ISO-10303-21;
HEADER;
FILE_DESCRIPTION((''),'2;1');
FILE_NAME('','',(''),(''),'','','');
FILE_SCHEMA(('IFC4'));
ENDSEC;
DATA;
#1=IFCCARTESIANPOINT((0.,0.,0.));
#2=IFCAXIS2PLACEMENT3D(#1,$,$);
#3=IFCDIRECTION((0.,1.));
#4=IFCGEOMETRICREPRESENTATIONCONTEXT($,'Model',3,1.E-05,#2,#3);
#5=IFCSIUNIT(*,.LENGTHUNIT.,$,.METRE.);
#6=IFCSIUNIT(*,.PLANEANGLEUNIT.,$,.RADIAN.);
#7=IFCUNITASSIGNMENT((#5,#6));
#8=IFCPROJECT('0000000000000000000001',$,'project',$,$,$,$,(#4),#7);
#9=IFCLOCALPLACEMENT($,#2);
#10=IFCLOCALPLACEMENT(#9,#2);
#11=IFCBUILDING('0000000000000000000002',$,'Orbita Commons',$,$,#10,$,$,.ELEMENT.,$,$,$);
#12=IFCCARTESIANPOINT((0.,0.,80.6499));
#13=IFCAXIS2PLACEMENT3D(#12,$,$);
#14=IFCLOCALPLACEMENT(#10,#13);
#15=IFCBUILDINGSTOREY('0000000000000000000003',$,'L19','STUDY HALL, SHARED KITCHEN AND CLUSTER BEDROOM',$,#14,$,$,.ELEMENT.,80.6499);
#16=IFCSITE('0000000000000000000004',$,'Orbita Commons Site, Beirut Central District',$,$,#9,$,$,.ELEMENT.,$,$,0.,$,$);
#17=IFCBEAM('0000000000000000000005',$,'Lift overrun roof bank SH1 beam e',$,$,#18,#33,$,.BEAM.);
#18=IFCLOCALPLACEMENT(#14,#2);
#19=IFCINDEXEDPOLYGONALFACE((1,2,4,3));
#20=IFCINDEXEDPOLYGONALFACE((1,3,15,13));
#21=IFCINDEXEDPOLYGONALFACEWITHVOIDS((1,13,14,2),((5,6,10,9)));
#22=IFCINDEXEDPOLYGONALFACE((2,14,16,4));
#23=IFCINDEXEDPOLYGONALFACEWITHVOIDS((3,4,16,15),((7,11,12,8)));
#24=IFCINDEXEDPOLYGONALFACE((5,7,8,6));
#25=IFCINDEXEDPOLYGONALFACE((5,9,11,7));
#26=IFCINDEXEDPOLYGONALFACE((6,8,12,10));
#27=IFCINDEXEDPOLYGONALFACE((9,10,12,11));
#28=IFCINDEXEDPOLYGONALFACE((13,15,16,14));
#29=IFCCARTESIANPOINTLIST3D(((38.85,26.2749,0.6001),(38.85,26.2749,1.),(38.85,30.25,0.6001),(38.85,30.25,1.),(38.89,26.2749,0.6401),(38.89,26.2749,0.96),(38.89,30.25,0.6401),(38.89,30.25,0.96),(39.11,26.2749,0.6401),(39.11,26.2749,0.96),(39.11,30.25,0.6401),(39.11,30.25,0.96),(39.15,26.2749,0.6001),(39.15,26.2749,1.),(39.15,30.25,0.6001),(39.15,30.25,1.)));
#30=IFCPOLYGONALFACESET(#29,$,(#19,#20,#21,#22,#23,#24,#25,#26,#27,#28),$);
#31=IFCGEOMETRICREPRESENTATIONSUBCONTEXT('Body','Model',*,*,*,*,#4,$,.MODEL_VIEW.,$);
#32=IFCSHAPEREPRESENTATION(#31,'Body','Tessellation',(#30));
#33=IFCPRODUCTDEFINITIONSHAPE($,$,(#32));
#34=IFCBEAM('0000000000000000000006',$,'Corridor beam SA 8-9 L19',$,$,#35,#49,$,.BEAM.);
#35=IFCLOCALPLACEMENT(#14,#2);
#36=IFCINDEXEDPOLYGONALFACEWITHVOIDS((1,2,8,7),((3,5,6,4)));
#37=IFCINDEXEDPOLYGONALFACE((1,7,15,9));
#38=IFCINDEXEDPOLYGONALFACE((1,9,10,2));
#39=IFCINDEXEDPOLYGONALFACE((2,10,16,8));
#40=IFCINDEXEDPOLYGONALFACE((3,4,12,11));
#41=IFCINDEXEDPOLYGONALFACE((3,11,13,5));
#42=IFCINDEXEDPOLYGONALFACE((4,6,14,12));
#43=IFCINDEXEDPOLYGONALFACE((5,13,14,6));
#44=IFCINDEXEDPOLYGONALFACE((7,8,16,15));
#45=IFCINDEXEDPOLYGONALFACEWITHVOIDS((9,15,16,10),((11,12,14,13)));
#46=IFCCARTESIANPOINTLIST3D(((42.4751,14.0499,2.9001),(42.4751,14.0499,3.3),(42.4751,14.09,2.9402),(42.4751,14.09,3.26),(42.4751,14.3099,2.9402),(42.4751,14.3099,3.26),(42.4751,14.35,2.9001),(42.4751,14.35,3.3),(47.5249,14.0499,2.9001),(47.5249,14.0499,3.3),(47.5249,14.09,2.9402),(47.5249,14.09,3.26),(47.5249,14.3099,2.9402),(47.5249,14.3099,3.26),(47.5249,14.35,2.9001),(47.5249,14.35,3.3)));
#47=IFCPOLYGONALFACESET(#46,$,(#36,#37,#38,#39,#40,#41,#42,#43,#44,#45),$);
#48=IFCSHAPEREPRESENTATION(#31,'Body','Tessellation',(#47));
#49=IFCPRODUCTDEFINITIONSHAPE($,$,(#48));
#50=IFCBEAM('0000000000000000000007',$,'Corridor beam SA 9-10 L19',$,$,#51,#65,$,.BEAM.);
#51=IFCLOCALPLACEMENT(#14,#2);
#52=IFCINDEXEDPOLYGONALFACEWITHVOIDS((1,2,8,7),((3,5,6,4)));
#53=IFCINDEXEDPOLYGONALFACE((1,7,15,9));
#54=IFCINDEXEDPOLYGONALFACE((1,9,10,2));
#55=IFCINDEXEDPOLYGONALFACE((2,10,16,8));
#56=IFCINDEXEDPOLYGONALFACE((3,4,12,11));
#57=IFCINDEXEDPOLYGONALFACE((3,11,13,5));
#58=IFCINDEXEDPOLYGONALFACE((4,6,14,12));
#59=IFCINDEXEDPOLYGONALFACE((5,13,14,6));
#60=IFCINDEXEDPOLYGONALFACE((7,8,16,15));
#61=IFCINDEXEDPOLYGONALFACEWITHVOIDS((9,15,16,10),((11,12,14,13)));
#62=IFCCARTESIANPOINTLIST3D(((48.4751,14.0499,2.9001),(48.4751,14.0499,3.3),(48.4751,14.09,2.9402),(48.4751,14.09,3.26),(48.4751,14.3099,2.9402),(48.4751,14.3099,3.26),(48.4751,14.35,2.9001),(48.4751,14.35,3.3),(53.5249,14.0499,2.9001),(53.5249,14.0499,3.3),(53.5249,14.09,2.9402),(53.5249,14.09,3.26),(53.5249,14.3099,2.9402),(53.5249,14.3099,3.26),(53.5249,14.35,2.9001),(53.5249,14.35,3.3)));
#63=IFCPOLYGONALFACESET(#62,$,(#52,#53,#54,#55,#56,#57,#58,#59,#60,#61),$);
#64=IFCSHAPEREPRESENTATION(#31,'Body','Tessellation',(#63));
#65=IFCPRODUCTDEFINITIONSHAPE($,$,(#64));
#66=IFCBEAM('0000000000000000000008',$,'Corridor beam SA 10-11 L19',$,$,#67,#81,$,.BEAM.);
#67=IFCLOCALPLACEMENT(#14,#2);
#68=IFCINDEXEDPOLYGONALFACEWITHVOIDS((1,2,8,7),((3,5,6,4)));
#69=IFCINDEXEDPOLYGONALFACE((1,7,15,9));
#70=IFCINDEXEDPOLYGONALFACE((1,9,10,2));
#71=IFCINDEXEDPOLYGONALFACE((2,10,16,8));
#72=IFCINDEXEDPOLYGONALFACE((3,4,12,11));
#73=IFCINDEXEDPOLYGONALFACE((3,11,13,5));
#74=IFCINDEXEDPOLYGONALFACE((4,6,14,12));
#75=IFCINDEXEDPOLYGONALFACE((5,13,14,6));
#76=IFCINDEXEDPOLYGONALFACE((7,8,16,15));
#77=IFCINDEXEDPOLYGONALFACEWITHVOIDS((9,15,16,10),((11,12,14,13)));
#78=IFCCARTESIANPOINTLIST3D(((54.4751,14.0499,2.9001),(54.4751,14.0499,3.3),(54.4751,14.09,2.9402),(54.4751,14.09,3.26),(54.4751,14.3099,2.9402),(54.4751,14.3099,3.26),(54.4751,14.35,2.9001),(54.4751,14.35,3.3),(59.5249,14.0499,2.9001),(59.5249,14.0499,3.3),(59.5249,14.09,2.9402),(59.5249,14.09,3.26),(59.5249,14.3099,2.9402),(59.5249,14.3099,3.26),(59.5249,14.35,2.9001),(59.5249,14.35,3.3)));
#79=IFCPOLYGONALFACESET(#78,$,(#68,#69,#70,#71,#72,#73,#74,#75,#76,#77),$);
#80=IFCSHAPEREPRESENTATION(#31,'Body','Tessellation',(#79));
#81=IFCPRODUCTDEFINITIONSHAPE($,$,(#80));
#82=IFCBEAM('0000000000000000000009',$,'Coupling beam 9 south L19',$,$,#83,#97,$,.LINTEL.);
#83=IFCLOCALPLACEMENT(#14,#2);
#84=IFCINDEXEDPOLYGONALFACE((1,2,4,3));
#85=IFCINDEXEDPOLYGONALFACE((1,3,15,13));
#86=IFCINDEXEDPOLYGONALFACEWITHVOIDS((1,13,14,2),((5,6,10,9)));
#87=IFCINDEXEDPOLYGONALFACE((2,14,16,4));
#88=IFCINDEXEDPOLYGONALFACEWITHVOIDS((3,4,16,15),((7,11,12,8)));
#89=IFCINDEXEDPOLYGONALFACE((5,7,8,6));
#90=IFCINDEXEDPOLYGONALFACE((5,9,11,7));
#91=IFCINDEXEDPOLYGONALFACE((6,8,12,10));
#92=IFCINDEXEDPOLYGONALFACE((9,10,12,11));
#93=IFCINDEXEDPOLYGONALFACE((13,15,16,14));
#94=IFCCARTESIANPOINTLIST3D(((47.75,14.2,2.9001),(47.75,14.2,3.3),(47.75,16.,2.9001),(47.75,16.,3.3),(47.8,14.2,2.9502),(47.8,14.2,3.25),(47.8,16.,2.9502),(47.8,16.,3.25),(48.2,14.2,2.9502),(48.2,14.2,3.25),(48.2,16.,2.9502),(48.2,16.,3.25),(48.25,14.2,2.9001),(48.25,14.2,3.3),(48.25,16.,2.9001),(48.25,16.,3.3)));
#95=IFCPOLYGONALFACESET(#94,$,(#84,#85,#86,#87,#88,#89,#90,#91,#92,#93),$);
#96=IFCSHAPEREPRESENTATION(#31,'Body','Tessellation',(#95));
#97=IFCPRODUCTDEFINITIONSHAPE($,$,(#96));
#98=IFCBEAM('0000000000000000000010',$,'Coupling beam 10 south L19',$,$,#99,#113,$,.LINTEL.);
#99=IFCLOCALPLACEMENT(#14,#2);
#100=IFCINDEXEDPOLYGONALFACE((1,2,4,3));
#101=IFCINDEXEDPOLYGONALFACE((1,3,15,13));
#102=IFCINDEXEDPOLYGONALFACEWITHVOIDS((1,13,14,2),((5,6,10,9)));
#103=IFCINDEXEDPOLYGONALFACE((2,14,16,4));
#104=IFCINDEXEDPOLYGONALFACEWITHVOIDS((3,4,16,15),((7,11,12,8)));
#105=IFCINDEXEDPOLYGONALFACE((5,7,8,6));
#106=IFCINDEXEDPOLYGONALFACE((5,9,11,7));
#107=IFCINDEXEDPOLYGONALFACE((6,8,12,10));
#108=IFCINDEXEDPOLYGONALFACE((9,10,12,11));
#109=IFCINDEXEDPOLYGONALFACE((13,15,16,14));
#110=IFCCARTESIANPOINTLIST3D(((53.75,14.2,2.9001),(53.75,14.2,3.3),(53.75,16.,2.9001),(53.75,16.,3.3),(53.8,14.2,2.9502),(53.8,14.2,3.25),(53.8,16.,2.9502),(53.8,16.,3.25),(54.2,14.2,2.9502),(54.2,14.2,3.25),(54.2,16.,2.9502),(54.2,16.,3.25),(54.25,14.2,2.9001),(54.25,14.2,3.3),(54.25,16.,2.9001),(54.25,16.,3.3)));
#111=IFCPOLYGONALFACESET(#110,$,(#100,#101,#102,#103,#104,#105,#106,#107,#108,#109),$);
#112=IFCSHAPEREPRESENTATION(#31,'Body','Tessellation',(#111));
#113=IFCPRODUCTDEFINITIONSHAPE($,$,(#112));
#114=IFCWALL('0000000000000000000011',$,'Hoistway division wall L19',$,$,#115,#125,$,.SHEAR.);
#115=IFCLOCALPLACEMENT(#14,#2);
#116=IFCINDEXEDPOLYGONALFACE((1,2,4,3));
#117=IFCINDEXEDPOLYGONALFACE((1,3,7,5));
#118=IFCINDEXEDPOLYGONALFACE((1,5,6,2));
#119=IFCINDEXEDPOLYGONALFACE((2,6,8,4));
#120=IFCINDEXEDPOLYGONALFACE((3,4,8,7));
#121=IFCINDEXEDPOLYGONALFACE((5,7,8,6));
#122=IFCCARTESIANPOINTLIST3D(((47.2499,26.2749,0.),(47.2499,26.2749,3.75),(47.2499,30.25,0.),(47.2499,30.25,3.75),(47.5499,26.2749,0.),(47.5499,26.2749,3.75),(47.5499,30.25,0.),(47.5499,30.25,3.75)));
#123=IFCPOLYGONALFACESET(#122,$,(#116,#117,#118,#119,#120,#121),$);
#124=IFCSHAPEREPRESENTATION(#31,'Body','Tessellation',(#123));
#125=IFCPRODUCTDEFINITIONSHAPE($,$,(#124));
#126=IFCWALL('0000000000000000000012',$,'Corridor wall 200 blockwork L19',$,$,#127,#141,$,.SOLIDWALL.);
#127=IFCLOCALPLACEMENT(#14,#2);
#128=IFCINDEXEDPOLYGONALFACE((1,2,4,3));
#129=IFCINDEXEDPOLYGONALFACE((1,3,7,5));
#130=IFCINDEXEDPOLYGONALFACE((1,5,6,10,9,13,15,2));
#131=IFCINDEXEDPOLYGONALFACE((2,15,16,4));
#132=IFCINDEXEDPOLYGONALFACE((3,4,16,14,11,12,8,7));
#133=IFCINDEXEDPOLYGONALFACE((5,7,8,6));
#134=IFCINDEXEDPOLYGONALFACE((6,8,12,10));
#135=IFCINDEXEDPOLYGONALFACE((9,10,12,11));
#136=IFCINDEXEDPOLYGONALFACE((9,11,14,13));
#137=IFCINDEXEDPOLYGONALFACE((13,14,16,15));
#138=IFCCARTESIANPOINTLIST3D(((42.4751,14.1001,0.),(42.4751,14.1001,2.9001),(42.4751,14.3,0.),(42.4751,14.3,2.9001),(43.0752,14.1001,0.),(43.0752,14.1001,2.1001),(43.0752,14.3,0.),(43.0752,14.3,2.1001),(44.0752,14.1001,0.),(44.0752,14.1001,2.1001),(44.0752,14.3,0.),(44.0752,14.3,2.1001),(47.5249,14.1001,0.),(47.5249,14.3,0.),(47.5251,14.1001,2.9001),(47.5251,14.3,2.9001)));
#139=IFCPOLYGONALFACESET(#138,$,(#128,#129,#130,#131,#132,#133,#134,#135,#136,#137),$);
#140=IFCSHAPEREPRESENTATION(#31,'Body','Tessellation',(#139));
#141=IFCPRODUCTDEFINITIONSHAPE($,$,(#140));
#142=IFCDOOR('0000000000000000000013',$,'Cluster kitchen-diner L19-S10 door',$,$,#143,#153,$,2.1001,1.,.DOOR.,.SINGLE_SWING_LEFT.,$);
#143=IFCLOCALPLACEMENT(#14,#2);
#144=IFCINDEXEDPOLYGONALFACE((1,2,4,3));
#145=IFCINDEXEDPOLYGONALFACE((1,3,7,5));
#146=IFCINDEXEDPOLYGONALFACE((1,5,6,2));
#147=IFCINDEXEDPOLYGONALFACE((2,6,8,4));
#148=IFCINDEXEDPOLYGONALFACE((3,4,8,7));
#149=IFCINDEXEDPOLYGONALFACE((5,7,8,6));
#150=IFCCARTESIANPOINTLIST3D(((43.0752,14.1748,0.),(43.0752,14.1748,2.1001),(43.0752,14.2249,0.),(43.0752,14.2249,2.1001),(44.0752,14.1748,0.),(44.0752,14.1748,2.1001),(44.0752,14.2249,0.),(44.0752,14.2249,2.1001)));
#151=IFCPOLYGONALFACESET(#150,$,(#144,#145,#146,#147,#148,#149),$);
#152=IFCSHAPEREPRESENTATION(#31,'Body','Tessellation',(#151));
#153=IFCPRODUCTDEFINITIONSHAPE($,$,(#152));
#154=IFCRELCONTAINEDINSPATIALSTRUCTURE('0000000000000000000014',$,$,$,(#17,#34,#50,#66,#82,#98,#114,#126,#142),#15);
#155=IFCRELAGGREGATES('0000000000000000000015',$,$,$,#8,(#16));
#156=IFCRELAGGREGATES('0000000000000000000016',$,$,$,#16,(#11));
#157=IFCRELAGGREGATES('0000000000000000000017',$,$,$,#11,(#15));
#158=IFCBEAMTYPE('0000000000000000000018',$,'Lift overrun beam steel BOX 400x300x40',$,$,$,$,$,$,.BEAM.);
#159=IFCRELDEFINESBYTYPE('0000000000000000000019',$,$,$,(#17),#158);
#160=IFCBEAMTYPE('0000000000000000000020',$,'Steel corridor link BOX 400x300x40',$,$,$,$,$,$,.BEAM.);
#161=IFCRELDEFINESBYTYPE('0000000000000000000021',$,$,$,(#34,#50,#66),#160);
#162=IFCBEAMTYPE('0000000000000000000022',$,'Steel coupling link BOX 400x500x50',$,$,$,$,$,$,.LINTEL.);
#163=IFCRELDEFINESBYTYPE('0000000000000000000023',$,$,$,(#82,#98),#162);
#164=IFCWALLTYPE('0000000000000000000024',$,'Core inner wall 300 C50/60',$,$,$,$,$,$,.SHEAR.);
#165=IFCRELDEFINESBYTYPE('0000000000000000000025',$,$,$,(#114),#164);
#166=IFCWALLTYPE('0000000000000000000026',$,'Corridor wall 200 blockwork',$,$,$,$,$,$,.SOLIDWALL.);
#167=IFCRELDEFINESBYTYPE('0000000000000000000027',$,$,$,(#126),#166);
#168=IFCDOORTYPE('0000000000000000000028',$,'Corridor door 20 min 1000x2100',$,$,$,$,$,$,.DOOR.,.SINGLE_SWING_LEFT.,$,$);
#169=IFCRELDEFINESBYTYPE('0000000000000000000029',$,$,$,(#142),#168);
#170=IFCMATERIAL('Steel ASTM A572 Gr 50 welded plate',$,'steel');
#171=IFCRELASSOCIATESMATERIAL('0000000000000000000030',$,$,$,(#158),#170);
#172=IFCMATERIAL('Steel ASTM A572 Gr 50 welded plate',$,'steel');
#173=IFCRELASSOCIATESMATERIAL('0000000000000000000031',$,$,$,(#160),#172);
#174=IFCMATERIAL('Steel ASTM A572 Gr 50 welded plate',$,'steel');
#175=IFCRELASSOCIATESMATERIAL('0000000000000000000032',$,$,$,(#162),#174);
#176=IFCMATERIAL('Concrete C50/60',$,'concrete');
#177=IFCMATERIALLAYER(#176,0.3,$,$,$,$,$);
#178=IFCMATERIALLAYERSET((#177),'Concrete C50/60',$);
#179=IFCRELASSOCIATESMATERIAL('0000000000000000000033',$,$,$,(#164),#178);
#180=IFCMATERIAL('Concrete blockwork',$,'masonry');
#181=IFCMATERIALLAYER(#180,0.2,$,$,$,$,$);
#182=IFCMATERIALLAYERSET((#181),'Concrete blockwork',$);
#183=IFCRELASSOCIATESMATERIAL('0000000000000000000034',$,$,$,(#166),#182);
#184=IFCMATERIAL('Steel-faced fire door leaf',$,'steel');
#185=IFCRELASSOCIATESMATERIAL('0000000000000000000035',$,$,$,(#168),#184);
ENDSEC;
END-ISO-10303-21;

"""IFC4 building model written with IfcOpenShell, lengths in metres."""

from ifc_helpers import new_model, si_unit, direction, frame, frame_2d, origin, origin_2d, place, context, subcontext, project, spatial, polyline, rectangle, hollow_rectangle, outline, extrude, material, layer, layer_set, material_profile, profile_set, type_object, element, fill, save


model = new_model("IFC4")

# Units and contexts
model_context = context("Model", 3, precision=1e-05, world=origin(), true_north=direction((0.0, 1.0)))
body_context = subcontext(model_context, "Body", "Model", "MODEL_VIEW")
ifc_project = project(units=[si_unit("LENGTHUNIT", "METRE"), si_unit("PLANEANGLEUNIT", "RADIAN")], contexts=[model_context])

# Site, building, storey
site_placement = place(None, origin())
site = spatial("IfcSite", under=ifc_project, at=site_placement, Name="Orbita Commons Site, Beirut Central District", CompositionType="ELEMENT", RefElevation=0.0)
building_placement = place(site_placement, origin())
building = spatial("IfcBuilding", under=site, at=building_placement, Name="Orbita Commons", CompositionType="ELEMENT")
storey_placement = place(building_placement, frame((0.0, 0.0, 80.6499)))
storey = spatial("IfcBuildingStorey", under=building, at=storey_placement, Name="L19", Description="STUDY HALL, SHARED KITCHEN AND CLUSTER BEDROOM", CompositionType="ELEMENT", Elevation=80.6499)

# Beams
ifc_material_1 = material(Name="Steel ASTM A572 Gr 50 welded plate", Category="steel")
ifc_material_profile_1 = material_profile(ifc_material_1, hollow_rectangle(XDim=0.3, YDim=0.3999, WallThickness=0.04, at=origin_2d()), Name="BOX 400x300x40")
ifc_profile_set_1 = profile_set([ifc_material_profile_1], Name="Steel ASTM A572 Gr 50 welded plate")
beam_type_1 = type_object("IfcBeamType", Name="Lift overrun beam steel BOX 400x300x40", PredefinedType="BEAM", material=ifc_profile_set_1)
beam_placement = place(storey_placement, frame((39.0, 26.2749, 0.8), z_axis=(0.0, 1.0, 0.0), x_axis=(-1.0, 0.0, 0.0)))
element("IfcBeam", 1, at=beam_placement, inside=storey, type_object=beam_type_1, Name="Lift overrun roof bank SH1 beam e", PredefinedType="BEAM", context=body_context, shape_type="SweptSolid", body=[
    extrude(hollow_rectangle(XDim=0.3, YDim=0.3999, WallThickness=0.04, at=origin_2d()), origin(), (0.0, 0.0, 1.0), 3.9751),
])
ifc_material_2 = material(Name="Steel ASTM A572 Gr 50 welded plate", Category="steel")
ifc_material_profile_2 = material_profile(ifc_material_2, hollow_rectangle(XDim=0.3, YDim=0.3999, WallThickness=0.04, at=origin_2d()), Name="BOX 400x300x40")
ifc_profile_set_2 = profile_set([ifc_material_profile_2], Name="Steel ASTM A572 Gr 50 welded plate")
beam_type_2 = type_object("IfcBeamType", Name="Steel corridor link BOX 400x300x40", PredefinedType="BEAM", material=ifc_profile_set_2)
for number, where, z_axis, x_axis, name in (
    (2, (42.4751, 14.2, 3.1001), (1.0, 0.0, 0.0), (0.0, 1.0, 0.0), "Corridor beam SA 8-9 L19"),
    (3, (48.4751, 14.2, 3.1001), (1.0, 0.0, 0.0), (0.0, 1.0, 0.0), "Corridor beam SA 9-10 L19"),
    (4, (54.4751, 14.2, 3.1001), (1.0, 0.0, 0.0), (0.0, 1.0, 0.0), "Corridor beam SA 10-11 L19"),
):
    element("IfcBeam", number, at=place(storey_placement, frame(where, z_axis=z_axis, x_axis=x_axis)), inside=storey, type_object=beam_type_2, Name=name, PredefinedType="BEAM", context=body_context, shape_type="SweptSolid", body=[
        extrude(hollow_rectangle(XDim=0.3, YDim=0.3999, WallThickness=0.04, at=origin_2d()), origin(), (0.0, 0.0, 1.0), 5.0498),
    ])
ifc_material_3 = material(Name="Steel ASTM A572 Gr 50 welded plate", Category="steel")
ifc_material_profile_3 = material_profile(ifc_material_3, hollow_rectangle(XDim=0.5, YDim=0.3999, WallThickness=0.05, at=origin_2d()), Name="BOX 400x500x50")
ifc_profile_set_3 = profile_set([ifc_material_profile_3], Name="Steel ASTM A572 Gr 50 welded plate")
beam_type_3 = type_object("IfcBeamType", Name="Steel coupling link BOX 400x500x50", PredefinedType="LINTEL", material=ifc_profile_set_3)
for number, where, z_axis, x_axis, name in (
    (5, (48.0, 14.2, 3.1001), (0.0, 1.0, 0.0), (-1.0, 0.0, 0.0), "Coupling beam 9 south L19"),
    (6, (54.0, 14.2, 3.1001), (0.0, 1.0, 0.0), (-1.0, 0.0, 0.0), "Coupling beam 10 south L19"),
):
    element("IfcBeam", number, at=place(storey_placement, frame(where, z_axis=z_axis, x_axis=x_axis)), inside=storey, type_object=beam_type_3, Name=name, PredefinedType="LINTEL", context=body_context, shape_type="SweptSolid", body=[
        extrude(hollow_rectangle(XDim=0.5, YDim=0.3999, WallThickness=0.05, at=origin_2d()), origin(), (0.0, 0.0, 1.0), 1.8),
    ])

# Wall
ifc_material_4 = material(Name="Concrete C50/60", Category="concrete")
ifc_layer_1 = layer(ifc_material_4, 0.3)
ifc_layer_set_1 = layer_set([ifc_layer_1], Name="Concrete C50/60")
wall_type_1 = type_object("IfcWallType", Name="Core inner wall 300 C50/60", PredefinedType="SHEAR", material=ifc_layer_set_1)
wall_1_placement = place(storey_placement, frame((47.3999, 26.2749, 0.0), z_axis=(0.0, 0.0, 1.0), x_axis=(0.0, 1.0, 0.0)))
element("IfcWall", 7, at=wall_1_placement, inside=storey, type_object=wall_type_1, Name="Hoistway division wall L19", PredefinedType="SHEAR", context=body_context, shape_type="SweptSolid", body=[
    extrude(rectangle(XDim=3.9751, YDim=0.3, at=frame_2d((1.9875, 0.0))), origin(), (0.0, 0.0, 1.0), 3.75),
])

# Wall, opening, door
ifc_material_5 = material(Name="Concrete blockwork", Category="masonry")
ifc_layer_2 = layer(ifc_material_5, 0.2)
ifc_layer_set_2 = layer_set([ifc_layer_2], Name="Concrete blockwork")
wall_type_2 = type_object("IfcWallType", Name="Corridor wall 200 blockwork", PredefinedType="SOLIDWALL", material=ifc_layer_set_2)
wall_2_placement = place(storey_placement, frame((42.4751, 14.2, 0.0), z_axis=(0.0, 0.0, 1.0), x_axis=(1.0, 0.0, 0.0)))
wall_2 = element("IfcWall", 8, at=wall_2_placement, inside=storey, type_object=wall_type_2, Name="Corridor wall 200 blockwork L19", PredefinedType="SOLIDWALL", context=body_context, shape_type="SweptSolid", body=[
    extrude(outline(polyline([(0.0, 0.0), (5.0498, 0.0), (5.05, 2.9001), (0.0, 2.9001), (0.0, 0.0)])), frame((0.0, 0.1001, 0.0), z_axis=(0.0, -1.0, 0.0), x_axis=(1.0, 0.0, 0.0)), (0.0, 0.0, 1.0), 0.2),
])
opening_1_placement = place(wall_2_placement, frame((0.6001, 0.0, 0.0)))
opening_1 = element("IfcOpeningElement", 9, at=opening_1_placement, cuts=wall_2, PredefinedType="OPENING", context=body_context, shape_type="SweptSolid", body=[
    extrude(rectangle(XDim=1.0, YDim=2.1001, at=frame_2d((0.5, 1.05))), frame((0.0, 0.1099, 0.0), z_axis=(0.0, -1.0, 0.0), x_axis=(1.0, 0.0, 0.0)), (0.0, 0.0, 1.0), 0.22),
])
ifc_material_6 = material(Name="Steel-faced fire door leaf", Category="steel")
door_type_1 = type_object("IfcDoorType", Name="Corridor door 20 min 1000x2100", OperationType="SINGLE_SWING_LEFT", PredefinedType="DOOR", material=ifc_material_6)
door_1_placement = place(opening_1_placement, origin())
door_1 = element("IfcDoor", 10, at=door_1_placement, inside=storey, type_object=door_type_1, Name="Cluster kitchen-diner L19-S10 door", OperationType="SINGLE_SWING_LEFT", OverallHeight=2.1001, OverallWidth=1.0, PredefinedType="DOOR", context=body_context, shape_type="SweptSolid", body=[
    extrude(rectangle(XDim=1.0, YDim=2.1001, at=frame_2d((0.5, 1.05))), frame((0.0, 0.0249, 0.0), z_axis=(0.0, -1.0, 0.0), x_axis=(1.0, 0.0, 0.0)), (0.0, 0.0, 1.0), 0.05),
])
fill(opening_1, door_1)

save(model, "model.ifc")
